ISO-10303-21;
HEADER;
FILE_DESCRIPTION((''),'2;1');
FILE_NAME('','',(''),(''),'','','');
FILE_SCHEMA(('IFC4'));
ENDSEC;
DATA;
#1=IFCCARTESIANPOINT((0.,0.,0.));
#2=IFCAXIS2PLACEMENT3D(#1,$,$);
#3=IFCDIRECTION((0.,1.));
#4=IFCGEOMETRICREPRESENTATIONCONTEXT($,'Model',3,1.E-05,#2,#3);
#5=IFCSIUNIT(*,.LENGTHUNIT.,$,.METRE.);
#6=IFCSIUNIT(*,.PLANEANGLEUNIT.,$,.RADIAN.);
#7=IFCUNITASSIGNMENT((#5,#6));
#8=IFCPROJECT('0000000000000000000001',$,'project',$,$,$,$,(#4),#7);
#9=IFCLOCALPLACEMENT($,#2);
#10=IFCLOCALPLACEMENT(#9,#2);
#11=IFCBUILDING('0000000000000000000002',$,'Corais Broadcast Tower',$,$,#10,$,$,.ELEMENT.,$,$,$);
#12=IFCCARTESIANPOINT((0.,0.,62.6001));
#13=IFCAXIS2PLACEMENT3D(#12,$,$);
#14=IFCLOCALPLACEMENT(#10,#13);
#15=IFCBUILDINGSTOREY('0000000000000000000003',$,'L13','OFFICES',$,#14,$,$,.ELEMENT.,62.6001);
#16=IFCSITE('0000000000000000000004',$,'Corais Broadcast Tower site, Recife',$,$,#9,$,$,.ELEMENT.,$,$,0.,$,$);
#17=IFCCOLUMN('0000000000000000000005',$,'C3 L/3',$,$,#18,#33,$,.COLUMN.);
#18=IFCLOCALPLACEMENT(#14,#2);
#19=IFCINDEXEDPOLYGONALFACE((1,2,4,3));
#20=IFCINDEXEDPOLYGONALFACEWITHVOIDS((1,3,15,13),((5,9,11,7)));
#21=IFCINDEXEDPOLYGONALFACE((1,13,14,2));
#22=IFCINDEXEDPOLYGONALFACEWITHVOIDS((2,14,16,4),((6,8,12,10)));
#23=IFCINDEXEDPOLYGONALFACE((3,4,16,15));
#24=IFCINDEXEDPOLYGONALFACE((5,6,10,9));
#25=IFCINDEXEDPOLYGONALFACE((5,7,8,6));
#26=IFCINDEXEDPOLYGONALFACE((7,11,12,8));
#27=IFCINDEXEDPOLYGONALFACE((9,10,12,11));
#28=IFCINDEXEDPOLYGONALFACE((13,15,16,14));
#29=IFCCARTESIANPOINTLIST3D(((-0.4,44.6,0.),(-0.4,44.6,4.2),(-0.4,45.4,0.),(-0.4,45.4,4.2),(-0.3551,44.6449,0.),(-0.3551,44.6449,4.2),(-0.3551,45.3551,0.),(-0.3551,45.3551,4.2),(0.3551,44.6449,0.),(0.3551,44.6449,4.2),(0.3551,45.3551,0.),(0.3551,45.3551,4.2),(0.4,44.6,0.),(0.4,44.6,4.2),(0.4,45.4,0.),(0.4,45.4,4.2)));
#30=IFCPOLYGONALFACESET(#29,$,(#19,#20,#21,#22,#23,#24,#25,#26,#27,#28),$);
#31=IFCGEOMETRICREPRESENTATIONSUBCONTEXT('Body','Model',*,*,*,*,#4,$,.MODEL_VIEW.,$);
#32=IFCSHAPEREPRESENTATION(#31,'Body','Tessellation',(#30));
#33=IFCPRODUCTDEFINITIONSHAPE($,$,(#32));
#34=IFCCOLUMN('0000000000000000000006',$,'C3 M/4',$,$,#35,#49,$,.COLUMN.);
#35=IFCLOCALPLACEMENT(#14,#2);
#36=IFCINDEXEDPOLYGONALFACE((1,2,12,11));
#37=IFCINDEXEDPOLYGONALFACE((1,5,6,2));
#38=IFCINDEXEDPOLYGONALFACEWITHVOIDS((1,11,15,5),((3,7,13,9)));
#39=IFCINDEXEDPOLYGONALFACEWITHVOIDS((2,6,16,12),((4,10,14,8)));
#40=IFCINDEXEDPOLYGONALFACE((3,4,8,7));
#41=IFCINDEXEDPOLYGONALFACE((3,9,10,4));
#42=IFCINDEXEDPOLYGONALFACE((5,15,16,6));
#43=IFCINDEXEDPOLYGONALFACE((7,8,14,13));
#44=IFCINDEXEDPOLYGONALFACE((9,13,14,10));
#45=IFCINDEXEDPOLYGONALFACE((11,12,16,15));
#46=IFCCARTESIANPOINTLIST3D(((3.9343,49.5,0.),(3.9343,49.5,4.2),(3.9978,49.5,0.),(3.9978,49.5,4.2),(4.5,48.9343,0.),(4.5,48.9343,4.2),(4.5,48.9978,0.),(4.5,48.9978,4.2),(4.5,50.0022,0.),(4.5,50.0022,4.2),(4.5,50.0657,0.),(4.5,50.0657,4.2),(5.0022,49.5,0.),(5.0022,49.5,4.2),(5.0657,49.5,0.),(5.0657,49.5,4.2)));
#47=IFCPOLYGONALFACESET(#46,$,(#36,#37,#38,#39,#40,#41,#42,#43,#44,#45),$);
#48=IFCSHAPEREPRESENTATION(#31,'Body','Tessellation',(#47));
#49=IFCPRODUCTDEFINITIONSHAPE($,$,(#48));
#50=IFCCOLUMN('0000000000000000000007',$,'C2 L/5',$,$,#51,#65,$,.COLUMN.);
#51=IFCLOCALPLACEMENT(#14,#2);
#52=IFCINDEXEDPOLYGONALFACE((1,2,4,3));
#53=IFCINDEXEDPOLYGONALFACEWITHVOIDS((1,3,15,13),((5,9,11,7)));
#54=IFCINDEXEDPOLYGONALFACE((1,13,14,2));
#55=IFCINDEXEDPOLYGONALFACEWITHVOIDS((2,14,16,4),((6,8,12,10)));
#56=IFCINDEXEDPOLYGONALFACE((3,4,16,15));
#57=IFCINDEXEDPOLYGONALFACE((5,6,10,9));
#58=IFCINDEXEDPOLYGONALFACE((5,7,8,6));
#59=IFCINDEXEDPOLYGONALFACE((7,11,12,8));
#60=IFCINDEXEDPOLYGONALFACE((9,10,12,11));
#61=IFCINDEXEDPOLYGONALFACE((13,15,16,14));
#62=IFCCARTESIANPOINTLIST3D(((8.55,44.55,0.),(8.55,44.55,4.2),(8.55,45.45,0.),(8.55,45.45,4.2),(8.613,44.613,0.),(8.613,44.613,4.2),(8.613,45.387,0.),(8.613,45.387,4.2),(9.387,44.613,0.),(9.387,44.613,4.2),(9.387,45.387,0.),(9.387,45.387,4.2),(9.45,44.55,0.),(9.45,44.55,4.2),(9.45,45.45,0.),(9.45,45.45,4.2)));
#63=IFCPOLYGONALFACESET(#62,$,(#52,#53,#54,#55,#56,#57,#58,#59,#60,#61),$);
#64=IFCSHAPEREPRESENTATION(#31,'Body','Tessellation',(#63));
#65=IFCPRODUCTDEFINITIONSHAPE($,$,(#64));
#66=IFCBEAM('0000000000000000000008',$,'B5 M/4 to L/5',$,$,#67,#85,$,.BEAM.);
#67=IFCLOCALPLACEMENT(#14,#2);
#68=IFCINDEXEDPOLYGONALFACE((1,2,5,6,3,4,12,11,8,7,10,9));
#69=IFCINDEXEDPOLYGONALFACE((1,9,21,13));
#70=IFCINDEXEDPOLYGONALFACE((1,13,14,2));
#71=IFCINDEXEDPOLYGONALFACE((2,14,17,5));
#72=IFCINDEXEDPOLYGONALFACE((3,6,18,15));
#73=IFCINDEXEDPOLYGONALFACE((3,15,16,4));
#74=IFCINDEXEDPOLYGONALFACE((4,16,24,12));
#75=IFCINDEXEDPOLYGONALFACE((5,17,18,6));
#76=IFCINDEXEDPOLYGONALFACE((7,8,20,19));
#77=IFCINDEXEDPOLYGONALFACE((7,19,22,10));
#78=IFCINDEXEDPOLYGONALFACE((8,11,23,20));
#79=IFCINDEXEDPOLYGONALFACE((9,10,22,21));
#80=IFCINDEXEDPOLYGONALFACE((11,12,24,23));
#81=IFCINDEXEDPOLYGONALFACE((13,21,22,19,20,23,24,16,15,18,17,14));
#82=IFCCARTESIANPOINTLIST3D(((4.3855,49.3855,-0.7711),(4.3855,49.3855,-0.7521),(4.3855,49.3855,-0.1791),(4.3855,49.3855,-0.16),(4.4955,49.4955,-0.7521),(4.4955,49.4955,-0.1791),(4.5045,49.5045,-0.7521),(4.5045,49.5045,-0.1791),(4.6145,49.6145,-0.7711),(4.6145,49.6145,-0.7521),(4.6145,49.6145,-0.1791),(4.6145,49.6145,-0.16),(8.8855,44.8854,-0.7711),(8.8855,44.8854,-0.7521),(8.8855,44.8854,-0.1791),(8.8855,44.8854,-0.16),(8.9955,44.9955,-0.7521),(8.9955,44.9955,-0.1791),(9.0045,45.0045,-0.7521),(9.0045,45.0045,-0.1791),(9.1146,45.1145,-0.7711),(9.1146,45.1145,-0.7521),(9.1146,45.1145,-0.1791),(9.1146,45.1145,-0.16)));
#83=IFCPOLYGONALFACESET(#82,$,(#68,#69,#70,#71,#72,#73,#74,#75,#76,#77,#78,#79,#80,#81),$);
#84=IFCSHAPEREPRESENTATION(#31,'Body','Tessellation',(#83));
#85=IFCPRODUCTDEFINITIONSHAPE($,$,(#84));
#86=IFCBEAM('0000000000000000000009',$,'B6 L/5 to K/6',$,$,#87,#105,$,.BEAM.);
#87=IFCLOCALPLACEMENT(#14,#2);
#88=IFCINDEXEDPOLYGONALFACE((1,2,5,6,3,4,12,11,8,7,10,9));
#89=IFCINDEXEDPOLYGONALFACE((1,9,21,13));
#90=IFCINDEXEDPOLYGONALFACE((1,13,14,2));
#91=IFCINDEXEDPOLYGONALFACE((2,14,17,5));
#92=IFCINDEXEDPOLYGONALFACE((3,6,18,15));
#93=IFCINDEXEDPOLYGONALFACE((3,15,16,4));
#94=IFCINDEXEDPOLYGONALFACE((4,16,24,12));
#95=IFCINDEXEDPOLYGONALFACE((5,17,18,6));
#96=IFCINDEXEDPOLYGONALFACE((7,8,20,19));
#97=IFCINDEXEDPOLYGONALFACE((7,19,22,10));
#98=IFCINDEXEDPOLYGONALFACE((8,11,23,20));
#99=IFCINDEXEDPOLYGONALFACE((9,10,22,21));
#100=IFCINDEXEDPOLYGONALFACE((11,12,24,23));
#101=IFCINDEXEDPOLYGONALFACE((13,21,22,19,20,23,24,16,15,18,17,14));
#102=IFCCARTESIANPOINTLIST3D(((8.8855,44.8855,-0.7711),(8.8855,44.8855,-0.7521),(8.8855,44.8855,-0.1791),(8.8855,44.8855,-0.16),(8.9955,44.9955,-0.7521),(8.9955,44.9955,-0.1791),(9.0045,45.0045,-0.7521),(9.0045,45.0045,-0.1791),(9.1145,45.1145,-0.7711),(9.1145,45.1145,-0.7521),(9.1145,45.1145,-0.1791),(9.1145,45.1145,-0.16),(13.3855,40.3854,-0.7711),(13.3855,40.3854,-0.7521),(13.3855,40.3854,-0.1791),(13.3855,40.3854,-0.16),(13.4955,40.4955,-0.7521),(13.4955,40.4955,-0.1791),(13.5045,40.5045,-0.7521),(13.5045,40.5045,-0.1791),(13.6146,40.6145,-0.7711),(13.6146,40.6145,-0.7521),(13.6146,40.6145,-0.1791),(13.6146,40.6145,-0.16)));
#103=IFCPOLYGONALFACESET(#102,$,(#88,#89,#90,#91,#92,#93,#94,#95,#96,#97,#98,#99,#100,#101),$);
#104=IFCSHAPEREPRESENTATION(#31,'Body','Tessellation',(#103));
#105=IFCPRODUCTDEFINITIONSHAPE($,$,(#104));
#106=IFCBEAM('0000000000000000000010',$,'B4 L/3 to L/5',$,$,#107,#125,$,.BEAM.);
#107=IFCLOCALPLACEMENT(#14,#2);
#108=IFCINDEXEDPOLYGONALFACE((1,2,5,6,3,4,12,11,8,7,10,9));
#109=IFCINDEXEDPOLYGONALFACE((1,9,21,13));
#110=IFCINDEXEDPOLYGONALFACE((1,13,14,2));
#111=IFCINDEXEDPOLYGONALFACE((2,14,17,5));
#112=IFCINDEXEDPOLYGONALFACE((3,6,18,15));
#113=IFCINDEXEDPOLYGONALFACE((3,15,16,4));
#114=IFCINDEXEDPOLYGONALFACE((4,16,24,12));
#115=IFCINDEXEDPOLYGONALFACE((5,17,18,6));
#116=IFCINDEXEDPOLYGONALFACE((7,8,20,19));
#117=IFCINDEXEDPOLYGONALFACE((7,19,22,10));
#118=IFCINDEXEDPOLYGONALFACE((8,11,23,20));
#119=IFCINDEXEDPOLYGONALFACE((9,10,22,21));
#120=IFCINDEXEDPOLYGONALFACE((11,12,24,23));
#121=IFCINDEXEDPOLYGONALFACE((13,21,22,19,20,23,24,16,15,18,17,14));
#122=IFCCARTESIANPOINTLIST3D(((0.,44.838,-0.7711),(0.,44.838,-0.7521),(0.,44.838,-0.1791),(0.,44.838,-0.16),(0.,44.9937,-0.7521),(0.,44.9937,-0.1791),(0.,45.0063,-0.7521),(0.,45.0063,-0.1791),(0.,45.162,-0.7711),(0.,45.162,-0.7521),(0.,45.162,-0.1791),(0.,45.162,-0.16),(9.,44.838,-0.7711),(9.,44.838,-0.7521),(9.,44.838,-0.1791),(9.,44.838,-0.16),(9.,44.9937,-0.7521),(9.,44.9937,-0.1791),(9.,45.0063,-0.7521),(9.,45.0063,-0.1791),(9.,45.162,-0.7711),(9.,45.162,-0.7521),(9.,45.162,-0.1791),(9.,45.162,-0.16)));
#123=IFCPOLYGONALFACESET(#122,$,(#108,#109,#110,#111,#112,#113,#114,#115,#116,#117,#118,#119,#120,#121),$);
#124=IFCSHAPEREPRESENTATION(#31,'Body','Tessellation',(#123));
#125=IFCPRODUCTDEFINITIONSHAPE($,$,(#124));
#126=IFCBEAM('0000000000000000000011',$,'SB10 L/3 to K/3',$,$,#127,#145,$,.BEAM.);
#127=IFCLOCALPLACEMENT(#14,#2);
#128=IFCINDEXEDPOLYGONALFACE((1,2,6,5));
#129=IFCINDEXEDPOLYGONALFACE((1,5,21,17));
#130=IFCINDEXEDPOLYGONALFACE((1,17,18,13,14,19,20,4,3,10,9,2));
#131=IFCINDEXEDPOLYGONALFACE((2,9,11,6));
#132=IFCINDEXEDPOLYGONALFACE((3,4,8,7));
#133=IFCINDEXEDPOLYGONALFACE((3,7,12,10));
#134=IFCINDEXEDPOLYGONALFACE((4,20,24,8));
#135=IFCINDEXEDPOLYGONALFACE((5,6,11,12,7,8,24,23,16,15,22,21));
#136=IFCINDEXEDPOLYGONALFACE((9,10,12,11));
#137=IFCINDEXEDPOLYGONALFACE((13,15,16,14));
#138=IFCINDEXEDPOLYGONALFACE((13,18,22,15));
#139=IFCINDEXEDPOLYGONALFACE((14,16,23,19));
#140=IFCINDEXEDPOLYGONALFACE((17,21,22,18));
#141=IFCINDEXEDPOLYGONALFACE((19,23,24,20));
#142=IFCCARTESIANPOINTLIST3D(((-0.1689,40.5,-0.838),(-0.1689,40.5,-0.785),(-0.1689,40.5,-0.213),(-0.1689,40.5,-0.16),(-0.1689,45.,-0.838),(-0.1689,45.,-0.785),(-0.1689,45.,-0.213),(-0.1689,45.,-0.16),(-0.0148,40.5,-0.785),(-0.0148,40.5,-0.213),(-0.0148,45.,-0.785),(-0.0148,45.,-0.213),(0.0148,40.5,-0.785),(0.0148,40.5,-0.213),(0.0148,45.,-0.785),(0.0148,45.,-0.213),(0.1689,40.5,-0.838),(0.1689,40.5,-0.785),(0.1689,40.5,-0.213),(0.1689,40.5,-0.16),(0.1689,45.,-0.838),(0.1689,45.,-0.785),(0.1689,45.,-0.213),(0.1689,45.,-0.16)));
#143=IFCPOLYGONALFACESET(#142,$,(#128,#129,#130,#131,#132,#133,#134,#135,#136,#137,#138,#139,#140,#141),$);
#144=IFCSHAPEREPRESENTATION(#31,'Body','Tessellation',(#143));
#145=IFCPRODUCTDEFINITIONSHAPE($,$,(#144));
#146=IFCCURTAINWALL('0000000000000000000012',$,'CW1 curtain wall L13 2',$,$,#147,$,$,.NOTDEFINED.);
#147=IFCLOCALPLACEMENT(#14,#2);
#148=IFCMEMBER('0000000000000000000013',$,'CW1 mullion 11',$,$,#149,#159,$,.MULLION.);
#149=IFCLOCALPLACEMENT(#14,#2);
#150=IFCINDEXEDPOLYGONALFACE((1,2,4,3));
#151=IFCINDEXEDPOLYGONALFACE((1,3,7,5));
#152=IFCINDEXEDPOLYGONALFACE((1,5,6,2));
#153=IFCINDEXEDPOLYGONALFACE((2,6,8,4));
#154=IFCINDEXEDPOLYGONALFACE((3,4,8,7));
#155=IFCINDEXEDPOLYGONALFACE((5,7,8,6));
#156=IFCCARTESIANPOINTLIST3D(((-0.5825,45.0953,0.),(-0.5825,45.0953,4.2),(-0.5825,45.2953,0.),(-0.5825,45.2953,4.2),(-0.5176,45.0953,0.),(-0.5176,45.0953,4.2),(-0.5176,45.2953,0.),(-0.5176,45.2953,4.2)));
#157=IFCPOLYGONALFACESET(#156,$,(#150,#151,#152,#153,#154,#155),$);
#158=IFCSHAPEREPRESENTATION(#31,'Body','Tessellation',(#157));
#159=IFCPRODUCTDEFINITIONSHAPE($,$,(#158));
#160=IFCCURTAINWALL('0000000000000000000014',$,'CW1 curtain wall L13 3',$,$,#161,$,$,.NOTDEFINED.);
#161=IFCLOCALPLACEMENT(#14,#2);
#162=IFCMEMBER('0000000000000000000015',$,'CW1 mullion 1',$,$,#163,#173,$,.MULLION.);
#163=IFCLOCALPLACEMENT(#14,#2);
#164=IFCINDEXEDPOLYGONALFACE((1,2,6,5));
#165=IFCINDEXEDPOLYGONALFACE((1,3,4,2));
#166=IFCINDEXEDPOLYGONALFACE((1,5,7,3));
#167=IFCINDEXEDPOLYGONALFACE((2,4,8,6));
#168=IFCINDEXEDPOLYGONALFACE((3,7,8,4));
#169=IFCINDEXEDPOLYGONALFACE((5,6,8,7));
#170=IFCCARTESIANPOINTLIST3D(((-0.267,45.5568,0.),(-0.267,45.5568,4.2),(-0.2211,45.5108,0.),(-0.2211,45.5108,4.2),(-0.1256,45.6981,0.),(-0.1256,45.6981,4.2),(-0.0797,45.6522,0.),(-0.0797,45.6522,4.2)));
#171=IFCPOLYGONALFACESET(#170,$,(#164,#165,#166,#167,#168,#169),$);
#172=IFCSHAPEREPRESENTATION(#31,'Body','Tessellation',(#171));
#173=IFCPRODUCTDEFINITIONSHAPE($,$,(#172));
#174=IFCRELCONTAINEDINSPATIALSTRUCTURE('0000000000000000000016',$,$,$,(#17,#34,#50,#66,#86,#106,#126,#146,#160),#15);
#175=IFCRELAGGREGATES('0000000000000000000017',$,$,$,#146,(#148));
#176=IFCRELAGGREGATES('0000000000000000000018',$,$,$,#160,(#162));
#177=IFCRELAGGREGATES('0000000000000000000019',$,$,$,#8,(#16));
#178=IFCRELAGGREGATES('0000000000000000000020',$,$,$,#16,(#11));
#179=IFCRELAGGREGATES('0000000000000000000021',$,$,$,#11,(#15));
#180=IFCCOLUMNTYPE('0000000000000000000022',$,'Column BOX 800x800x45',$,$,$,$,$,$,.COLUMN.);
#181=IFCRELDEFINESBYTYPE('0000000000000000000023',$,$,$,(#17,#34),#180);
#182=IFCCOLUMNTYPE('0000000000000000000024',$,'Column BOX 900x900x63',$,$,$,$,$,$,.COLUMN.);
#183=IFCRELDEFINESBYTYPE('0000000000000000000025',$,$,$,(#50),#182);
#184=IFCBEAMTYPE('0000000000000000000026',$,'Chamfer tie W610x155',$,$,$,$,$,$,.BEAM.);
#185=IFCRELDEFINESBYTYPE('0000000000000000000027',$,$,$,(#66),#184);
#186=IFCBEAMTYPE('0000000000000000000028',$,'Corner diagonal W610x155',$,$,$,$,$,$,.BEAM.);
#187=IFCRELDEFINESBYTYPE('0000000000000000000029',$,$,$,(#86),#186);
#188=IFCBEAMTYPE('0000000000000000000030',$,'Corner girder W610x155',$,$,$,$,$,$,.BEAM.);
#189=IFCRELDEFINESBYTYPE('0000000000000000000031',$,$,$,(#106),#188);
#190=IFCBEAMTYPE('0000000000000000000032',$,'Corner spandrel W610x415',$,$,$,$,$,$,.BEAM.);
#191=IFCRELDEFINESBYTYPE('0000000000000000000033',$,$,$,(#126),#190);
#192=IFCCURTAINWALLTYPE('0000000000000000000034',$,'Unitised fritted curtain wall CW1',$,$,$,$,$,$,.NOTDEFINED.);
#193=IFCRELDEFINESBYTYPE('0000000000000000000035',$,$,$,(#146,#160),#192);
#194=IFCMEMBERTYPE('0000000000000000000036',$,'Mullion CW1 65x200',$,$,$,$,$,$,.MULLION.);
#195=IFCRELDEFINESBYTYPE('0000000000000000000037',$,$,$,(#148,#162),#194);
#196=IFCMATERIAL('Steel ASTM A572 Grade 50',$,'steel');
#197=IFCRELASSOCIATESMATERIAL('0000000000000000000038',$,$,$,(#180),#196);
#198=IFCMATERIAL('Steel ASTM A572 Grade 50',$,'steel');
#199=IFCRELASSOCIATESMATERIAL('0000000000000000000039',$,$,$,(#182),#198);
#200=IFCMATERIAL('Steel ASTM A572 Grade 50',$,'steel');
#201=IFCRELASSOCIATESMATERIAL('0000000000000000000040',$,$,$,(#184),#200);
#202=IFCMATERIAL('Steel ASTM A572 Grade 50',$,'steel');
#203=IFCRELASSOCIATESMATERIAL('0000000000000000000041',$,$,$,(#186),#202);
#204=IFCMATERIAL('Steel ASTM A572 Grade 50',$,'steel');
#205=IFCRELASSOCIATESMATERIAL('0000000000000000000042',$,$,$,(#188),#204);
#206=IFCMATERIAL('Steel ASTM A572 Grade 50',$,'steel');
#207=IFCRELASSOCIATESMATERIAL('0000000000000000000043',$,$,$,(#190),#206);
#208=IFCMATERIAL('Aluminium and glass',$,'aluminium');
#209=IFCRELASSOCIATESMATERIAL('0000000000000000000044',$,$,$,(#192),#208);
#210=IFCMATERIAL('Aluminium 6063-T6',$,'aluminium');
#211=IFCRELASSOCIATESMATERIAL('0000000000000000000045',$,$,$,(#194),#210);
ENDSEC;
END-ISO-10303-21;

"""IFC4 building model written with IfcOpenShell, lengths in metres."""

from ifc_helpers import new_model, si_unit, direction, frame, origin, origin_2d, place, context, subcontext, project, spatial, rectangle, hollow_rectangle, i_section, extrude, material, material_profile, profile_set, type_object, element, aggregate, save


model = new_model("IFC4")

# Units and contexts
model_context = context("Model", 3, precision=1e-05, world=origin(), true_north=direction((0.0, 1.0)))
body_context = subcontext(model_context, "Body", "Model", "MODEL_VIEW")
ifc_project = project(units=[si_unit("LENGTHUNIT", "METRE"), si_unit("PLANEANGLEUNIT", "RADIAN")], contexts=[model_context])

# Site, building, storey
site_placement = place(None, origin())
site = spatial("IfcSite", under=ifc_project, at=site_placement, Name="Corais Broadcast Tower site, Recife", CompositionType="ELEMENT", RefElevation=0.0)
building_placement = place(site_placement, origin())
building = spatial("IfcBuilding", under=site, at=building_placement, Name="Corais Broadcast Tower", CompositionType="ELEMENT")
storey_placement = place(building_placement, frame((0.0, 0.0, 62.6001)))
storey = spatial("IfcBuildingStorey", under=building, at=storey_placement, Name="L13", Description="OFFICES", CompositionType="ELEMENT", Elevation=62.6001)

# Columns
ifc_material_1 = material(Name="Steel ASTM A572 Grade 50", Category="steel")
ifc_material_profile_1 = material_profile(ifc_material_1, hollow_rectangle(XDim=0.8, YDim=0.8, WallThickness=0.0449, at=origin_2d()), Name="BOX 800x800x45")
ifc_profile_set_1 = profile_set([ifc_material_profile_1], Name="Steel ASTM A572 Grade 50")
column_type_1 = type_object("IfcColumnType", Name="Column BOX 800x800x45", PredefinedType="COLUMN", material=ifc_profile_set_1)
for number, where, z_axis, x_axis, name in (
    (1, (0.0, 45.0, 0.0), (0.0, 0.0, 1.0), (1.0, 0.0, 0.0), "C3 L/3"),
    (2, (4.5, 49.5, 0.0), (0.0, 0.0, 1.0), (0.707107, 0.707107, 0.0), "C3 M/4"),
):
    element("IfcColumn", number, at=place(storey_placement, frame(where, z_axis=z_axis, x_axis=x_axis)), inside=storey, type_object=column_type_1, Name=name, PredefinedType="COLUMN", context=body_context, shape_type="SweptSolid", body=[
        extrude(hollow_rectangle(XDim=0.8, YDim=0.8, WallThickness=0.0449, at=origin_2d()), origin(), (0.0, 0.0, 1.0), 4.2),
    ])
ifc_material_2 = material(Name="Steel ASTM A572 Grade 50", Category="steel")
ifc_material_profile_2 = material_profile(ifc_material_2, hollow_rectangle(XDim=0.8999, YDim=0.8999, WallThickness=0.063, at=origin_2d()), Name="BOX 900x900x63")
ifc_profile_set_2 = profile_set([ifc_material_profile_2], Name="Steel ASTM A572 Grade 50")
column_type_2 = type_object("IfcColumnType", Name="Column BOX 900x900x63", PredefinedType="COLUMN", material=ifc_profile_set_2)
column_placement = place(storey_placement, frame((9.0, 45.0, 0.0), z_axis=(0.0, 0.0, 1.0), x_axis=(1.0, 0.0, 0.0)))
element("IfcColumn", 3, at=column_placement, inside=storey, type_object=column_type_2, Name="C2 L/5", PredefinedType="COLUMN", context=body_context, shape_type="SweptSolid", body=[
    extrude(hollow_rectangle(XDim=0.8999, YDim=0.8999, WallThickness=0.063, at=origin_2d()), origin(), (0.0, 0.0, 1.0), 4.2),
])

# Beams
ifc_material_3 = material(Name="Steel ASTM A572 Grade 50", Category="steel")
ifc_material_profile_3 = material_profile(ifc_material_3, i_section(OverallWidth=0.324, OverallDepth=0.6111, WebThickness=0.0127, FlangeThickness=0.019, at=origin_2d()), Name="W610x155")
ifc_profile_set_3 = profile_set([ifc_material_profile_3], Name="Steel ASTM A572 Grade 50")
beam_type_1 = type_object("IfcBeamType", Name="Chamfer tie W610x155", PredefinedType="BEAM", material=ifc_profile_set_3)
beam_1_placement = place(storey_placement, frame((4.5, 49.5, -0.4656), z_axis=(0.707107, -0.707107, 0.0), x_axis=(0.707107, 0.707107, 0.0)))
element("IfcBeam", 4, at=beam_1_placement, inside=storey, type_object=beam_type_1, Name="B5 M/4 to L/5", PredefinedType="BEAM", context=body_context, shape_type="SweptSolid", body=[
    extrude(i_section(OverallWidth=0.324, OverallDepth=0.6111, WebThickness=0.0127, FlangeThickness=0.019, at=origin_2d()), origin(), (0.0, 0.0, 1.0), 6.364),
])
ifc_material_4 = material(Name="Steel ASTM A572 Grade 50", Category="steel")
ifc_material_profile_4 = material_profile(ifc_material_4, i_section(OverallWidth=0.324, OverallDepth=0.6111, WebThickness=0.0127, FlangeThickness=0.019, at=origin_2d()), Name="W610x155")
ifc_profile_set_4 = profile_set([ifc_material_profile_4], Name="Steel ASTM A572 Grade 50")
beam_type_2 = type_object("IfcBeamType", Name="Corner diagonal W610x155", PredefinedType="BEAM", material=ifc_profile_set_4)
beam_2_placement = place(storey_placement, frame((9.0, 45.0, -0.4656), z_axis=(0.707107, -0.707107, 0.0), x_axis=(0.707107, 0.707107, 0.0)))
element("IfcBeam", 5, at=beam_2_placement, inside=storey, type_object=beam_type_2, Name="B6 L/5 to K/6", PredefinedType="BEAM", context=body_context, shape_type="SweptSolid", body=[
    extrude(i_section(OverallWidth=0.324, OverallDepth=0.6111, WebThickness=0.0127, FlangeThickness=0.019, at=origin_2d()), origin(), (0.0, 0.0, 1.0), 6.364),
])
ifc_material_5 = material(Name="Steel ASTM A572 Grade 50", Category="steel")
ifc_material_profile_5 = material_profile(ifc_material_5, i_section(OverallWidth=0.324, OverallDepth=0.6111, WebThickness=0.0127, FlangeThickness=0.019, at=origin_2d()), Name="W610x155")
ifc_profile_set_5 = profile_set([ifc_material_profile_5], Name="Steel ASTM A572 Grade 50")
beam_type_3 = type_object("IfcBeamType", Name="Corner girder W610x155", PredefinedType="BEAM", material=ifc_profile_set_5)
beam_3_placement = place(storey_placement, frame((0.0, 45.0, -0.4656), z_axis=(1.0, 0.0, 0.0), x_axis=(0.0, 1.0, 0.0)))
element("IfcBeam", 6, at=beam_3_placement, inside=storey, type_object=beam_type_3, Name="B4 L/3 to L/5", PredefinedType="BEAM", context=body_context, shape_type="SweptSolid", body=[
    extrude(i_section(OverallWidth=0.324, OverallDepth=0.6111, WebThickness=0.0127, FlangeThickness=0.019, at=origin_2d()), origin(), (0.0, 0.0, 1.0), 9.0),
])
ifc_material_6 = material(Name="Steel ASTM A572 Grade 50", Category="steel")
ifc_material_profile_6 = material_profile(ifc_material_6, i_section(OverallWidth=0.3379, OverallDepth=0.678, WebThickness=0.0295, FlangeThickness=0.053, at=origin_2d()), Name="W610x415")
ifc_profile_set_6 = profile_set([ifc_material_profile_6], Name="Steel ASTM A572 Grade 50")
beam_type_4 = type_object("IfcBeamType", Name="Corner spandrel W610x415", PredefinedType="BEAM", material=ifc_profile_set_6)
beam_4_placement = place(storey_placement, frame((0.0, 45.0, -0.499), z_axis=(0.0, -1.0, 0.0), x_axis=(1.0, 0.0, 0.0)))
element("IfcBeam", 7, at=beam_4_placement, inside=storey, type_object=beam_type_4, Name="SB10 L/3 to K/3", PredefinedType="BEAM", context=body_context, shape_type="SweptSolid", body=[
    extrude(i_section(OverallWidth=0.3379, OverallDepth=0.678, WebThickness=0.0295, FlangeThickness=0.053, at=origin_2d()), origin(), (0.0, 0.0, 1.0), 4.5),
])

# Curtain wall, member
ifc_material_7 = material(Name="Aluminium and glass", Category="aluminium")
curtain_wall_type = type_object("IfcCurtainWallType", Name="Unitised fritted curtain wall CW1", PredefinedType="NOTDEFINED", material=ifc_material_7)
curtain_wall_1_placement = place(storey_placement, origin())
curtain_wall_1 = element("IfcCurtainWall", 8, at=curtain_wall_1_placement, inside=storey, type_object=curtain_wall_type, Name="CW1 curtain wall L13 2", PredefinedType="NOTDEFINED")
ifc_material_8 = material(Name="Aluminium 6063-T6", Category="aluminium")
ifc_material_profile_7 = material_profile(ifc_material_8, rectangle(XDim=0.0649, YDim=0.2, at=origin_2d()), Name="Mullion CW1 65x200")
ifc_profile_set_7 = profile_set([ifc_material_profile_7], Name="Aluminium 6063-T6")
member_type_1 = type_object("IfcMemberType", Name="Mullion CW1 65x200", PredefinedType="MULLION", material=ifc_profile_set_7)
member_1_placement = place(storey_placement, frame((-0.55, 45.1953, 0.0), z_axis=(0.0, 0.0, 1.0), x_axis=(-1.0, 0.0, 0.0)))
member_1 = element("IfcMember", 9, at=member_1_placement, type_object=member_type_1, Name="CW1 mullion 11", PredefinedType="MULLION", context=body_context, shape_type="SweptSolid", body=[
    extrude(rectangle(XDim=0.0649, YDim=0.2, at=origin_2d()), origin(), (0.0, 0.0, 1.0), 4.2),
])
aggregate(curtain_wall_1, [member_1])

# Curtain wall, member
curtain_wall_2_placement = place(storey_placement, origin())
curtain_wall_2 = element("IfcCurtainWall", 10, at=curtain_wall_2_placement, inside=storey, type_object=curtain_wall_type, Name="CW1 curtain wall L13 3", PredefinedType="NOTDEFINED")
member_2_placement = place(storey_placement, frame((-0.1733, 45.6045, 0.0), z_axis=(0.0, 0.0, 1.0), x_axis=(-0.707107, 0.707107, 0.0)))
member_2 = element("IfcMember", 11, at=member_2_placement, type_object=member_type_1, Name="CW1 mullion 1", PredefinedType="MULLION", context=body_context, shape_type="SweptSolid", body=[
    extrude(rectangle(XDim=0.0649, YDim=0.2, at=origin_2d()), origin(), (0.0, 0.0, 1.0), 4.2),
])

aggregate(curtain_wall_2, [member_2])

save(model, "model.ifc")
